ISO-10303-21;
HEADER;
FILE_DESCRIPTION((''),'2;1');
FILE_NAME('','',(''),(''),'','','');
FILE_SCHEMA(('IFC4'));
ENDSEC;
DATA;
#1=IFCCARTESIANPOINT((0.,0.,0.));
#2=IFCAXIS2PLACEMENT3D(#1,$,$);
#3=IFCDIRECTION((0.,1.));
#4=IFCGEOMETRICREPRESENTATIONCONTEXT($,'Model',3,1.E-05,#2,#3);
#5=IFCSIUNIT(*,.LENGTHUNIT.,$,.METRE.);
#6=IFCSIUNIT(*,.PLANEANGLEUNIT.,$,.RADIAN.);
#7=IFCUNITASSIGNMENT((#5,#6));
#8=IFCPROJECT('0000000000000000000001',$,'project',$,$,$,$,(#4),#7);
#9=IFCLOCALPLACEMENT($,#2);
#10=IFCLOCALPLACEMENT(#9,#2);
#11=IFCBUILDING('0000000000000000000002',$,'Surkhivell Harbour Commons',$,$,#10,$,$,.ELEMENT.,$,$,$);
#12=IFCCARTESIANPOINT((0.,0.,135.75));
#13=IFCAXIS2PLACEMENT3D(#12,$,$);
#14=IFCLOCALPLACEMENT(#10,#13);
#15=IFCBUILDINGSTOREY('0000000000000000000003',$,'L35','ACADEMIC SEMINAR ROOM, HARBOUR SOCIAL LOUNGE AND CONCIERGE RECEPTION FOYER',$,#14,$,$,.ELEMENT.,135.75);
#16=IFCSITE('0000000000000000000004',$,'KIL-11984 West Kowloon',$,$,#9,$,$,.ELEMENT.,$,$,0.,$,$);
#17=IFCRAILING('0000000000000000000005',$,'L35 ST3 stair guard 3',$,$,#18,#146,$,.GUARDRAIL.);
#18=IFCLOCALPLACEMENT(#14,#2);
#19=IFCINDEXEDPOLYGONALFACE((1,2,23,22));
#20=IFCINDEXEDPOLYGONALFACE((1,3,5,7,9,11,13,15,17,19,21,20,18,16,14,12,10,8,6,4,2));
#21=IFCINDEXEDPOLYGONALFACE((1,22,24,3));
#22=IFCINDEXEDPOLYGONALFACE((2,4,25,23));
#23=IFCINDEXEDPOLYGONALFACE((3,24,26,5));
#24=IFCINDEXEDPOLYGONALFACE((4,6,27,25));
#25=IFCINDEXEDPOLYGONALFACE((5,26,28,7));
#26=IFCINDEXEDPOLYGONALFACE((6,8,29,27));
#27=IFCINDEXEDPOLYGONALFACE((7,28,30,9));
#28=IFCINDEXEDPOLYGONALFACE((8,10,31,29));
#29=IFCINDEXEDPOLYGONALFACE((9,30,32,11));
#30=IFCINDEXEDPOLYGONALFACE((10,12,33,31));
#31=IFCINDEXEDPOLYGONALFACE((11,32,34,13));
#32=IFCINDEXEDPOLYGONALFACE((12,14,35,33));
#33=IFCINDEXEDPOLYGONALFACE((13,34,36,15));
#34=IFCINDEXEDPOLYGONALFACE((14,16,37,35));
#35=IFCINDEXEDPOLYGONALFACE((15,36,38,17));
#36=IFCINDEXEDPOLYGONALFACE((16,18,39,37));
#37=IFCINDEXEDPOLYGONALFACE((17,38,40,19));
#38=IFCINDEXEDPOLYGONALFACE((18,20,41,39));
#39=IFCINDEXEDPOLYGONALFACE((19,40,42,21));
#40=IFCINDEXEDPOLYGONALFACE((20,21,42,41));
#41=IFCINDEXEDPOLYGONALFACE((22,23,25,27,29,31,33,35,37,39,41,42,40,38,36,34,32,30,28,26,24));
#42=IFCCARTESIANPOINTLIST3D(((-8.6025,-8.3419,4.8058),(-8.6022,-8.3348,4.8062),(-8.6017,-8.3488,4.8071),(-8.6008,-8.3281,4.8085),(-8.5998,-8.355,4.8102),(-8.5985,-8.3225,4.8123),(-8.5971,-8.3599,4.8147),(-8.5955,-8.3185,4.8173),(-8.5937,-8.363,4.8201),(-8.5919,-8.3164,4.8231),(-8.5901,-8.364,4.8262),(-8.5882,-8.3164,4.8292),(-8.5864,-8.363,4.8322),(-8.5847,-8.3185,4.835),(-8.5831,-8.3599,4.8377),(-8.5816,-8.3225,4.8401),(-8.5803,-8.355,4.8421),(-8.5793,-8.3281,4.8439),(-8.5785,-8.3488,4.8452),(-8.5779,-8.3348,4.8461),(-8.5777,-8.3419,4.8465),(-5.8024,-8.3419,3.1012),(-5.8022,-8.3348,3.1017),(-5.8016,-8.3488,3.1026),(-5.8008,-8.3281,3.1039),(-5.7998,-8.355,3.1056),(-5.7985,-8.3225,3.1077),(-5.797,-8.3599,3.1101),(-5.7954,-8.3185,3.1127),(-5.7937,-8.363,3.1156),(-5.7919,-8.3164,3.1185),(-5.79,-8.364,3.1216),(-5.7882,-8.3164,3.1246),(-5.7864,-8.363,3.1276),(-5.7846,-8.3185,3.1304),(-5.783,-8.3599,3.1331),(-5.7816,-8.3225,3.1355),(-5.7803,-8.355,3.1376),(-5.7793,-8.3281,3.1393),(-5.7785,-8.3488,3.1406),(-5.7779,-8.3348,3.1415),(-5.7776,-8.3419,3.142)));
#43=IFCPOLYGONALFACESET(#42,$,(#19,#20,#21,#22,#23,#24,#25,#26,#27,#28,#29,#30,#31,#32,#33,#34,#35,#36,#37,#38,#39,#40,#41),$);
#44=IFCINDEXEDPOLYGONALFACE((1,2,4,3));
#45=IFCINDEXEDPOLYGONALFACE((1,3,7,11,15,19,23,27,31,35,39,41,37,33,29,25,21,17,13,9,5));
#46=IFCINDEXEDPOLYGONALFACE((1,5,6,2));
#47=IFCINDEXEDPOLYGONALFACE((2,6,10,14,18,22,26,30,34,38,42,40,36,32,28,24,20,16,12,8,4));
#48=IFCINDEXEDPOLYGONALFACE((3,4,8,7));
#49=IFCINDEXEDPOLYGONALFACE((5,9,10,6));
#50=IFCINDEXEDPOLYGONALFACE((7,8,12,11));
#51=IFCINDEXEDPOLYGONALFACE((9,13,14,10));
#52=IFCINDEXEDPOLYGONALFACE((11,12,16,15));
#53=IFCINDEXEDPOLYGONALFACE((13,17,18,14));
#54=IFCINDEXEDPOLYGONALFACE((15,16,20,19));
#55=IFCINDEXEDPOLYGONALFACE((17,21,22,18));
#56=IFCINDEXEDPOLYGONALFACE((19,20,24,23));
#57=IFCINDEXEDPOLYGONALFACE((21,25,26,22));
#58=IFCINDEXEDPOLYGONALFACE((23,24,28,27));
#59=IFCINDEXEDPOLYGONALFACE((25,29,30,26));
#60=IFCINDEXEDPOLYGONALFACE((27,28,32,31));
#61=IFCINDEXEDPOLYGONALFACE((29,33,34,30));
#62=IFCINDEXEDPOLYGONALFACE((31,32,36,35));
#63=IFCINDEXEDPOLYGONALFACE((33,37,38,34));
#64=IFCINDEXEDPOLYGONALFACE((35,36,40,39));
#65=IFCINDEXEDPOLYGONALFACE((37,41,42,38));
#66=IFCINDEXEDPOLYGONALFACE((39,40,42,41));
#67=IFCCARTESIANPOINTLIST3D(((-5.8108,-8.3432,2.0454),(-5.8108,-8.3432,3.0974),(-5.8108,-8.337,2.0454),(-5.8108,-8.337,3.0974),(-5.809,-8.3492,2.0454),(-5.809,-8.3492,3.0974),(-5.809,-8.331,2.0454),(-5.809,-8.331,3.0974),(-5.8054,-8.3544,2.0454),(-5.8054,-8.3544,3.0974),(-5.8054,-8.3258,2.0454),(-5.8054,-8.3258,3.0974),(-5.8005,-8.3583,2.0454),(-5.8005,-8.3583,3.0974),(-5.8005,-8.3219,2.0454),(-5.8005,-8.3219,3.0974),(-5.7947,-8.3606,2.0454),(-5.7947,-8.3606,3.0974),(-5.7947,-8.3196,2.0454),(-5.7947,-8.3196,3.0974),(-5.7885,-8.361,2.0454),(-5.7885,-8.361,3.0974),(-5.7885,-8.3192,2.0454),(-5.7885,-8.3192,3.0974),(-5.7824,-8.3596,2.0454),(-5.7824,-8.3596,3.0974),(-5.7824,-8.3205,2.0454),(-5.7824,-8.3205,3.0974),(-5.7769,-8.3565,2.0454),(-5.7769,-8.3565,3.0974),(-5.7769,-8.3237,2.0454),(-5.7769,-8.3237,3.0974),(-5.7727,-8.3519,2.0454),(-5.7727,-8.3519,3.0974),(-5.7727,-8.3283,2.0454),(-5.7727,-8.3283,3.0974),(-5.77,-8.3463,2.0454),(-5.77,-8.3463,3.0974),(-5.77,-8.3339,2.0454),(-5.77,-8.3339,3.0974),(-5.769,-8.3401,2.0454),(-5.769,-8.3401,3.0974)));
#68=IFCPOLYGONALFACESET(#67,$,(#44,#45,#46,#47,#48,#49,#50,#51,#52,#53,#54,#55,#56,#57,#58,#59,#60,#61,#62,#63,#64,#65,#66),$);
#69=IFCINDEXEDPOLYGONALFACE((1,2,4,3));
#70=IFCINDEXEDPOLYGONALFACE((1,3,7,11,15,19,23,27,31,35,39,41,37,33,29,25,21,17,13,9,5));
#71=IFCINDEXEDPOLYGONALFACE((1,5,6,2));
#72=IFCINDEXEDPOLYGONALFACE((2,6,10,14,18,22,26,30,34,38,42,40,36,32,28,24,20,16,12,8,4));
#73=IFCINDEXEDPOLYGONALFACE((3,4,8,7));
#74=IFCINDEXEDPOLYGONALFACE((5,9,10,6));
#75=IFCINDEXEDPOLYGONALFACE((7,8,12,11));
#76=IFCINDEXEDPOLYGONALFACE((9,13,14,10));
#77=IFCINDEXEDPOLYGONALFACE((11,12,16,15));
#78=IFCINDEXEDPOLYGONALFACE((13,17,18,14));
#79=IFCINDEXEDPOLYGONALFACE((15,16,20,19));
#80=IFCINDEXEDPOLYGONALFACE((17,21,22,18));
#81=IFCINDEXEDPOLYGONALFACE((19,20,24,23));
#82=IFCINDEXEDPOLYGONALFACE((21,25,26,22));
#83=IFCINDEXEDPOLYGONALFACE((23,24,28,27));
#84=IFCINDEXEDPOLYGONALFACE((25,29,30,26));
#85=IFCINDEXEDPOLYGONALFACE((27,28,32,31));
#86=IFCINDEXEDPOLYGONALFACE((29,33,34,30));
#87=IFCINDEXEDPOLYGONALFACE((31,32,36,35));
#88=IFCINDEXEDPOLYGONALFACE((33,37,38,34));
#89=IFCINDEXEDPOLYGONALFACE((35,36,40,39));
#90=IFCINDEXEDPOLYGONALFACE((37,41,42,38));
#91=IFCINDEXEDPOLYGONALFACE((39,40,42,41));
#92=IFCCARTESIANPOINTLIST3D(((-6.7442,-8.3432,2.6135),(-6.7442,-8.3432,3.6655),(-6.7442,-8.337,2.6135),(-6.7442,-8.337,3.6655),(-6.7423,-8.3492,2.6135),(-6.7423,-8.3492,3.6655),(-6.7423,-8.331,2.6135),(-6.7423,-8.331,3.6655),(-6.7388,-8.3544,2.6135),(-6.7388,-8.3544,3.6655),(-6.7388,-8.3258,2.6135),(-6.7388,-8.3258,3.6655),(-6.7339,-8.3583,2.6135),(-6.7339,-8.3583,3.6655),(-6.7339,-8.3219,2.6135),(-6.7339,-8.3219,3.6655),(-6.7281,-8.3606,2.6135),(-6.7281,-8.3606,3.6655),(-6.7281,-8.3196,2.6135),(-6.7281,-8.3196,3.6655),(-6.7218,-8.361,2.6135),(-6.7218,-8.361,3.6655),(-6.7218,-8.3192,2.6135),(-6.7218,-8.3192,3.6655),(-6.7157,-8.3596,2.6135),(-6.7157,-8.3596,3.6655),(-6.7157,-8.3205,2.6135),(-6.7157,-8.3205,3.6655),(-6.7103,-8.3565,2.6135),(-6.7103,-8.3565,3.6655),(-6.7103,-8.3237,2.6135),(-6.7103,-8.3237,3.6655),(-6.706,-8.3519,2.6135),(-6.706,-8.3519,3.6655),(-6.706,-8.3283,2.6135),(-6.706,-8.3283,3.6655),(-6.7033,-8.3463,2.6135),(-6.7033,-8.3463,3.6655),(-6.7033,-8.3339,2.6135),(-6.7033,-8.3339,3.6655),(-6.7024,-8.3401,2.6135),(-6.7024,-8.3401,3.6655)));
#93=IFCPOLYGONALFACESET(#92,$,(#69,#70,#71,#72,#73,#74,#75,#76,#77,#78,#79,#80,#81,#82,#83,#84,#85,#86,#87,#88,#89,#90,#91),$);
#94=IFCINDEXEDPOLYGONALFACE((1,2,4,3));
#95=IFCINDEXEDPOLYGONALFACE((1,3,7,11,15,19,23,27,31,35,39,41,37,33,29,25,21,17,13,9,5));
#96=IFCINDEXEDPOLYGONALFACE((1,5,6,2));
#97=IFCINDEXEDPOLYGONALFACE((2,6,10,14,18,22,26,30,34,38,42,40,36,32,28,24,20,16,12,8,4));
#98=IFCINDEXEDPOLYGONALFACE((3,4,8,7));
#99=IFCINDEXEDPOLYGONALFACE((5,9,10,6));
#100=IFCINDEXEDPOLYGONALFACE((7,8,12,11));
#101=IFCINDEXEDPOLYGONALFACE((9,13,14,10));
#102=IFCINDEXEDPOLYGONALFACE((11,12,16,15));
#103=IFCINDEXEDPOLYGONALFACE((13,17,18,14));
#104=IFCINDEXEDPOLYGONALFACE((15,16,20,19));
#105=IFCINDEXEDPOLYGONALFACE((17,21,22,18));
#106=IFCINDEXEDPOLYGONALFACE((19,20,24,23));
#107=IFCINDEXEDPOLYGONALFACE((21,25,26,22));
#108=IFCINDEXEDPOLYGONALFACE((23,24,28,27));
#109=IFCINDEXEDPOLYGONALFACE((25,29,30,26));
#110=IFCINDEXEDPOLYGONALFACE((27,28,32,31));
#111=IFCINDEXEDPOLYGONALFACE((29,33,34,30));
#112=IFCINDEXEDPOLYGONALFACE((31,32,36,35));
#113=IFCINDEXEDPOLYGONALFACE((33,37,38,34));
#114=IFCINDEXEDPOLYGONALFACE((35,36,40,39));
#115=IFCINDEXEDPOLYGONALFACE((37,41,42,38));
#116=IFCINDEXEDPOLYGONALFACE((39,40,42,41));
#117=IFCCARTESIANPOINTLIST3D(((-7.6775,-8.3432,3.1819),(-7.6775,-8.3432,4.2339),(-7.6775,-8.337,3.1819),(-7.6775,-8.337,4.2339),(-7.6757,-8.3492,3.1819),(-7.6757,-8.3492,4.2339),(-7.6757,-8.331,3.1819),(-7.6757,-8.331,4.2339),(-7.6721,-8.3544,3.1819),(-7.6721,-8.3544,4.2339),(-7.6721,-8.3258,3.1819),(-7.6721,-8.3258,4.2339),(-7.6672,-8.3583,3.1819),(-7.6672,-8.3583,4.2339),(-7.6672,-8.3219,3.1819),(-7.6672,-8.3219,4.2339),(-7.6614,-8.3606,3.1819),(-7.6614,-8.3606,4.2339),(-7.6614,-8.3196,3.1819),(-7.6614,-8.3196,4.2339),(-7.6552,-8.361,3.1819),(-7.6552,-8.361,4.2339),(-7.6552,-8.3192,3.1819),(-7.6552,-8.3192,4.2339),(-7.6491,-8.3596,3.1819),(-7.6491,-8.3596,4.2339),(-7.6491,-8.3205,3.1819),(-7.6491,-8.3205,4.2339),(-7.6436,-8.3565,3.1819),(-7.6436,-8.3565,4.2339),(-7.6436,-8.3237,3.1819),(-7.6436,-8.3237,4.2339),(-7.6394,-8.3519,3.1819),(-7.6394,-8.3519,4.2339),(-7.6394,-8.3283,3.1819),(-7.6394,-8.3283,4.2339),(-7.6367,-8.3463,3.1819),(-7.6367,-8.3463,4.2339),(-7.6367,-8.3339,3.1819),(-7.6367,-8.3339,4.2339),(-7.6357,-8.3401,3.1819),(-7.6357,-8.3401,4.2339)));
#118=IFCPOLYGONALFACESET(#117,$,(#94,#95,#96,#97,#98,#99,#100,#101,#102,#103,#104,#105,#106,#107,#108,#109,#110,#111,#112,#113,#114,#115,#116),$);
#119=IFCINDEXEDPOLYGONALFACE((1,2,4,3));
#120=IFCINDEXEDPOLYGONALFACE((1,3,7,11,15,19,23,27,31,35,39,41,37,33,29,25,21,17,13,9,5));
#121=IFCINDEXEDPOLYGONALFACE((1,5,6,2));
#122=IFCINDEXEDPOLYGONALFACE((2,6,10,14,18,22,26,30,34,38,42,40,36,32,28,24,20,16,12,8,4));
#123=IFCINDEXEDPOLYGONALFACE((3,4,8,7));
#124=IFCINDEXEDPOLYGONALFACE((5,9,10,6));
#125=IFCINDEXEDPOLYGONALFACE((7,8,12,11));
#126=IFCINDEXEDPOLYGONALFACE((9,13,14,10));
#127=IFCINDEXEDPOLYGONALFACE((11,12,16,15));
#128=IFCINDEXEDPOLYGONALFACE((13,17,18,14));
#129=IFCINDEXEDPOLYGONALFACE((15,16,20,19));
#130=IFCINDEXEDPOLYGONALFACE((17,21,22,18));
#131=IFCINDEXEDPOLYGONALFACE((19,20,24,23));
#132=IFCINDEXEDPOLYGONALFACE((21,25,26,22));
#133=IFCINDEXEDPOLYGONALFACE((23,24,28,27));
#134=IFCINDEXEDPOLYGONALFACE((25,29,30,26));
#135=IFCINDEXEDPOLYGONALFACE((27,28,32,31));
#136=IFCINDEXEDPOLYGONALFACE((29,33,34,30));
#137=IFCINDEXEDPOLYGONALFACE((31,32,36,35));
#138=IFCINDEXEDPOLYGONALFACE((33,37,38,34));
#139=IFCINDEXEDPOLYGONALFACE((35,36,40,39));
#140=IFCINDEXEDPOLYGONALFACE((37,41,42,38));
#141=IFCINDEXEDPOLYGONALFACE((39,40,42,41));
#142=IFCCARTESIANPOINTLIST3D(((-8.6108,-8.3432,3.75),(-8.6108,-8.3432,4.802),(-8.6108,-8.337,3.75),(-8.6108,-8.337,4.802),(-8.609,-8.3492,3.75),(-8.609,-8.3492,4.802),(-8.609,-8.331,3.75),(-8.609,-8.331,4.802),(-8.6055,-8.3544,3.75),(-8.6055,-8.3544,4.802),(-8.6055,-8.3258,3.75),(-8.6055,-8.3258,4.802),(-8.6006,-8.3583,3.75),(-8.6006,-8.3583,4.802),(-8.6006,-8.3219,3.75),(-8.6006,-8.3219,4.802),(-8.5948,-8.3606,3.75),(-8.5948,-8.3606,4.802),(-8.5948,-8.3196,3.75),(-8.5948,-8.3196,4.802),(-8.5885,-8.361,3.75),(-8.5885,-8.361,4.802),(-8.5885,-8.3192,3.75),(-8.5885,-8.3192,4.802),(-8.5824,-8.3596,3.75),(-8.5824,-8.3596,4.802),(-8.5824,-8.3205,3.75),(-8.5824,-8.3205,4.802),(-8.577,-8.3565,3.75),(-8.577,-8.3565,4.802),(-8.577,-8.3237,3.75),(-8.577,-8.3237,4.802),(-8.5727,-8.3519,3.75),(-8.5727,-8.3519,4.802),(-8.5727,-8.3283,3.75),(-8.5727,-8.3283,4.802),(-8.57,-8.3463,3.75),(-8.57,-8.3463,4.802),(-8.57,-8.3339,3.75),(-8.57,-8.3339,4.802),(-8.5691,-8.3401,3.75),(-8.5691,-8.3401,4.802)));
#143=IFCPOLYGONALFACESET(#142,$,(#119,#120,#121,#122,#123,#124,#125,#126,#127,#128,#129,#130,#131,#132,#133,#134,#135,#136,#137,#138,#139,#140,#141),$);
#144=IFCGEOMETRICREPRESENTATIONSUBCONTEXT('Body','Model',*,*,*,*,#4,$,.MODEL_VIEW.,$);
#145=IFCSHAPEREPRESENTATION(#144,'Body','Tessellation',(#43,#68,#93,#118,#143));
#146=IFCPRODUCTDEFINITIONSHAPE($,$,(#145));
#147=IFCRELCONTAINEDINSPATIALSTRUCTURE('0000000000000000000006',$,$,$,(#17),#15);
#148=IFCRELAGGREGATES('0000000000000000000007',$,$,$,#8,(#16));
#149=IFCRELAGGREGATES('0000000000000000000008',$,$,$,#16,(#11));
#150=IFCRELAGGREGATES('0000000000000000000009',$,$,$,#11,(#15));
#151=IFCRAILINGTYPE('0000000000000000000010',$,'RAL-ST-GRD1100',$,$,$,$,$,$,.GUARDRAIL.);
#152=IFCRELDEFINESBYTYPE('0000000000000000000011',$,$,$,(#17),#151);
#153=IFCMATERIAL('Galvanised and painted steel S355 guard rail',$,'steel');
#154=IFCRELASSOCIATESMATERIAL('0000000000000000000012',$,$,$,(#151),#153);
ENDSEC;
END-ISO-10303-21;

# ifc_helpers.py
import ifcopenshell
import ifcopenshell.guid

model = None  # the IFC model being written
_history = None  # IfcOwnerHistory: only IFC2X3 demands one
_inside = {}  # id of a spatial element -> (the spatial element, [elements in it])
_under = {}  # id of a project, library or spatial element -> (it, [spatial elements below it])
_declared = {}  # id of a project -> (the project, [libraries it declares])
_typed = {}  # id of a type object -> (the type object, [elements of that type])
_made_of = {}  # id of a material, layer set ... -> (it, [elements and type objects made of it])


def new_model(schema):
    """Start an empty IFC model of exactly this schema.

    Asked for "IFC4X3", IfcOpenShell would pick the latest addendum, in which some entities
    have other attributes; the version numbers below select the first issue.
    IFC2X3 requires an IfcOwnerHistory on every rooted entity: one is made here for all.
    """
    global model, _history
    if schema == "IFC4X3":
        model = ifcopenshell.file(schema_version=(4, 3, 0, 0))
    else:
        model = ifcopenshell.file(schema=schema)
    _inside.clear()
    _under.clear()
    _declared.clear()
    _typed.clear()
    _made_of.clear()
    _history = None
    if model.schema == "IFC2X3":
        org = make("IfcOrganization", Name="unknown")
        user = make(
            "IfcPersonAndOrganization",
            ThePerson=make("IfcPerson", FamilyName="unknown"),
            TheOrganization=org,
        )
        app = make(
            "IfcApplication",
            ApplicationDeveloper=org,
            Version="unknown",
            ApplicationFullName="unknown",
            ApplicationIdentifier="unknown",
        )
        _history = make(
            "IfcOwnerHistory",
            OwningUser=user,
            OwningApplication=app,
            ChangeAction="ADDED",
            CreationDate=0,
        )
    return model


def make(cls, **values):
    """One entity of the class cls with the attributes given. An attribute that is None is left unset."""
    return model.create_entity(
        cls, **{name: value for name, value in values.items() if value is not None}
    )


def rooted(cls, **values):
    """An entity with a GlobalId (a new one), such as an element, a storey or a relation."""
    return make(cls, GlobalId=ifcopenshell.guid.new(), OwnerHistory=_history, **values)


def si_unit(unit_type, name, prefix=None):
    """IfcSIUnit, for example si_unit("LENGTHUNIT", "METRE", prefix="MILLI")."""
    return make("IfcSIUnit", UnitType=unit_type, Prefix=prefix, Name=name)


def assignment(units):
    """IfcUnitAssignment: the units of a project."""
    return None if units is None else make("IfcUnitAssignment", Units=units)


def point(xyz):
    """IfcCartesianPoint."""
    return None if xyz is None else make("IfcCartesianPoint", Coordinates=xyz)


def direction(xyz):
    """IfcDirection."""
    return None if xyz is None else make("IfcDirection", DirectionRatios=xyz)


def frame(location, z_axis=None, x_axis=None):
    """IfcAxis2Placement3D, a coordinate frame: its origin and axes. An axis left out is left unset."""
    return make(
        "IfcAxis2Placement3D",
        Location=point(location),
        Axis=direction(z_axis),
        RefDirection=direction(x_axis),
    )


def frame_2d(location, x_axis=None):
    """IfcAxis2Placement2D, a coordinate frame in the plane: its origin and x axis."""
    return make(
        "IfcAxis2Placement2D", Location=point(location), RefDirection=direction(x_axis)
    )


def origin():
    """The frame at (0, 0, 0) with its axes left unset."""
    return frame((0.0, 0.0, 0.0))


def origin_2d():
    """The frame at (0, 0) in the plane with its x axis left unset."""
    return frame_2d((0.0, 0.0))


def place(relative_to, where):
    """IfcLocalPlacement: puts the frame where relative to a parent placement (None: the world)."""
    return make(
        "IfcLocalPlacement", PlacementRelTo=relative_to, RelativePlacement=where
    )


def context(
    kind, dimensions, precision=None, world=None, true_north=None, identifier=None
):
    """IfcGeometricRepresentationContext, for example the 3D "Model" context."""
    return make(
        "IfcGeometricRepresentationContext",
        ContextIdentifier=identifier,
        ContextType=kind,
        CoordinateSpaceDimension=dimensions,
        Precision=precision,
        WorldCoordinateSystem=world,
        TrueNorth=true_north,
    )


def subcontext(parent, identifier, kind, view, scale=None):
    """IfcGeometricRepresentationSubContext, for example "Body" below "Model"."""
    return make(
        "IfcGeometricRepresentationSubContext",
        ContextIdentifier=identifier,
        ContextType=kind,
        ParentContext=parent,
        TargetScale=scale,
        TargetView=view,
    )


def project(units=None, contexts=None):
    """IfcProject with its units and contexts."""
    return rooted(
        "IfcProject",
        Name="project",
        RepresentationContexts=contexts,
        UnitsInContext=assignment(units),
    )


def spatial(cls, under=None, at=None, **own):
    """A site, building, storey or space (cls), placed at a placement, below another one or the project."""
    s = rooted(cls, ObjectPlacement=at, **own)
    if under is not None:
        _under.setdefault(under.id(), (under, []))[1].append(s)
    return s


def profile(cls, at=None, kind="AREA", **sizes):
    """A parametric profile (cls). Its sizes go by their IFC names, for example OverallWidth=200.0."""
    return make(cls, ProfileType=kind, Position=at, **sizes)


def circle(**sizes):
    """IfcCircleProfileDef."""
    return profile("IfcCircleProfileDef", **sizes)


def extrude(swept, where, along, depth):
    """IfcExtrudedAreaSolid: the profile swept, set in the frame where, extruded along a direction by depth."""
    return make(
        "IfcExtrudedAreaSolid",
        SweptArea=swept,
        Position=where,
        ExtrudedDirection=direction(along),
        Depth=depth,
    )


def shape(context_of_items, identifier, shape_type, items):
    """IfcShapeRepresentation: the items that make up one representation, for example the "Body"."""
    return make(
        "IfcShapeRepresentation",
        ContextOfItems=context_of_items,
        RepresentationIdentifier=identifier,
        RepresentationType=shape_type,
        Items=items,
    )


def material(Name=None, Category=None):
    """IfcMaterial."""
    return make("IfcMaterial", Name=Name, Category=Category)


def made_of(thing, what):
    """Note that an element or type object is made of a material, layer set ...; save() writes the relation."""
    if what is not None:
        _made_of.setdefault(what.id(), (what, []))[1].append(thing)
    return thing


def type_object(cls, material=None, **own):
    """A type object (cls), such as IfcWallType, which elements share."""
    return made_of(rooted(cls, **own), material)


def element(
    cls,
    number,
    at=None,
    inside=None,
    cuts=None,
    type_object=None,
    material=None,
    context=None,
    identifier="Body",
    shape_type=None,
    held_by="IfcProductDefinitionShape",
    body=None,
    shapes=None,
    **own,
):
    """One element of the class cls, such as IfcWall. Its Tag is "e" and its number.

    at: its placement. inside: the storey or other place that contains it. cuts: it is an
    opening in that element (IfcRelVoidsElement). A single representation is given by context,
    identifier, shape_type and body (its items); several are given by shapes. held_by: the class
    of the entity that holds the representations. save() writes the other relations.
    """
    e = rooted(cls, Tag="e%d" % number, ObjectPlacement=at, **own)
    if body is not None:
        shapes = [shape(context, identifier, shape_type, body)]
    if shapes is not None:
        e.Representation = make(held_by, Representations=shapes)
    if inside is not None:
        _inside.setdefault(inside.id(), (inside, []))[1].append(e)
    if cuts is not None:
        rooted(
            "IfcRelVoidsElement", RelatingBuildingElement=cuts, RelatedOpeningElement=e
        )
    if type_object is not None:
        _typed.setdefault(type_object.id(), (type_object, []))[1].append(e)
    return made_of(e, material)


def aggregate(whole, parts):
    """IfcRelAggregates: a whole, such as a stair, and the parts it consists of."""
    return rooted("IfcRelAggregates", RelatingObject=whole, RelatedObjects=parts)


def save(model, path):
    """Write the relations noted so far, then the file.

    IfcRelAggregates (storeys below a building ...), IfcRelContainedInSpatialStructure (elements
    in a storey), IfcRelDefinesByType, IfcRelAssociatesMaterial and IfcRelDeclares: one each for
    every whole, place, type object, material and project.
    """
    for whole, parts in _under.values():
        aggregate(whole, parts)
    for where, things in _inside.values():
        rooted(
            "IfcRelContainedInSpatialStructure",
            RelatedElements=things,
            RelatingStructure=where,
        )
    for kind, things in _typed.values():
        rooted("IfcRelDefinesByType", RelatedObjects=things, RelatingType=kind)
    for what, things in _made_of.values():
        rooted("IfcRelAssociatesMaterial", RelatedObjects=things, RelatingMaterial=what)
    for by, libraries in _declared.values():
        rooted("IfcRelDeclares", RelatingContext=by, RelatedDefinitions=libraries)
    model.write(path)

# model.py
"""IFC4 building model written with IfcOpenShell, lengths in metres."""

from ifc_helpers import new_model, si_unit, direction, frame, origin, origin_2d, place, context, subcontext, project, spatial, circle, extrude, material, type_object, element, save


model = new_model("IFC4")

# Units and contexts
model_context = context("Model", 3, precision=1e-05, world=origin(), true_north=direction((0.0, 1.0)))
body_context = subcontext(model_context, "Body", "Model", "MODEL_VIEW")
ifc_project = project(units=[si_unit("LENGTHUNIT", "METRE"), si_unit("PLANEANGLEUNIT", "RADIAN")], contexts=[model_context])

# Site, building, storey
site_placement = place(None, origin())
site = spatial("IfcSite", under=ifc_project, at=site_placement, Name="KIL-11984 West Kowloon", CompositionType="ELEMENT", RefElevation=0.0)
building_placement = place(site_placement, origin())
building = spatial("IfcBuilding", under=site, at=building_placement, Name="Surkhivell Harbour Commons", CompositionType="ELEMENT")
storey_placement = place(building_placement, frame((0.0, 0.0, 135.75)))
storey = spatial("IfcBuildingStorey", under=building, at=storey_placement, Name="L35", Description="ACADEMIC SEMINAR ROOM, HARBOUR SOCIAL LOUNGE AND CONCIERGE RECEPTION FOYER", CompositionType="ELEMENT", Elevation=135.75)

# Railing
ifc_material_1 = material(Name="Galvanised and painted steel S355 guard rail", Category="steel")
railing_type_1 = type_object("IfcRailingType", Name="RAL-ST-GRD1100", PredefinedType="GUARDRAIL", material=ifc_material_1)
railing_1_placement = place(storey_placement, frame((-5.79, -8.3401, 2.0454)))
element("IfcRailing", 1, at=railing_1_placement, inside=storey, type_object=railing_type_1, Name="L35 ST3 stair guard 3", PredefinedType="GUARDRAIL", context=body_context, shape_type="SweptSolid", body=[
    extrude(circle(Radius=0.0239, at=origin_2d()), frame((0.0, 0.0, 1.0762), z_axis=(-0.85417, 0.0, 0.519994), x_axis=(0.0, -1.0, 0.0)), (0.0, 0.0, 1.0), 3.2781),
    extrude(circle(Radius=0.021, at=origin_2d()), origin(), (0.0, 0.0, 1.0), 1.052),
    extrude(circle(Radius=0.021, at=origin_2d()), frame((-0.9333, 0.0, 0.5681)), (0.0, 0.0, 1.0), 1.052),
    extrude(circle(Radius=0.021, at=origin_2d()), frame((-1.8667, 0.0, 1.1365)), (0.0, 0.0, 1.0), 1.052),
    extrude(circle(Radius=0.021, at=origin_2d()), frame((-2.8, 0.0, 1.7046)), (0.0, 0.0, 1.0), 1.052),
])

save(model, "model.ifc")
